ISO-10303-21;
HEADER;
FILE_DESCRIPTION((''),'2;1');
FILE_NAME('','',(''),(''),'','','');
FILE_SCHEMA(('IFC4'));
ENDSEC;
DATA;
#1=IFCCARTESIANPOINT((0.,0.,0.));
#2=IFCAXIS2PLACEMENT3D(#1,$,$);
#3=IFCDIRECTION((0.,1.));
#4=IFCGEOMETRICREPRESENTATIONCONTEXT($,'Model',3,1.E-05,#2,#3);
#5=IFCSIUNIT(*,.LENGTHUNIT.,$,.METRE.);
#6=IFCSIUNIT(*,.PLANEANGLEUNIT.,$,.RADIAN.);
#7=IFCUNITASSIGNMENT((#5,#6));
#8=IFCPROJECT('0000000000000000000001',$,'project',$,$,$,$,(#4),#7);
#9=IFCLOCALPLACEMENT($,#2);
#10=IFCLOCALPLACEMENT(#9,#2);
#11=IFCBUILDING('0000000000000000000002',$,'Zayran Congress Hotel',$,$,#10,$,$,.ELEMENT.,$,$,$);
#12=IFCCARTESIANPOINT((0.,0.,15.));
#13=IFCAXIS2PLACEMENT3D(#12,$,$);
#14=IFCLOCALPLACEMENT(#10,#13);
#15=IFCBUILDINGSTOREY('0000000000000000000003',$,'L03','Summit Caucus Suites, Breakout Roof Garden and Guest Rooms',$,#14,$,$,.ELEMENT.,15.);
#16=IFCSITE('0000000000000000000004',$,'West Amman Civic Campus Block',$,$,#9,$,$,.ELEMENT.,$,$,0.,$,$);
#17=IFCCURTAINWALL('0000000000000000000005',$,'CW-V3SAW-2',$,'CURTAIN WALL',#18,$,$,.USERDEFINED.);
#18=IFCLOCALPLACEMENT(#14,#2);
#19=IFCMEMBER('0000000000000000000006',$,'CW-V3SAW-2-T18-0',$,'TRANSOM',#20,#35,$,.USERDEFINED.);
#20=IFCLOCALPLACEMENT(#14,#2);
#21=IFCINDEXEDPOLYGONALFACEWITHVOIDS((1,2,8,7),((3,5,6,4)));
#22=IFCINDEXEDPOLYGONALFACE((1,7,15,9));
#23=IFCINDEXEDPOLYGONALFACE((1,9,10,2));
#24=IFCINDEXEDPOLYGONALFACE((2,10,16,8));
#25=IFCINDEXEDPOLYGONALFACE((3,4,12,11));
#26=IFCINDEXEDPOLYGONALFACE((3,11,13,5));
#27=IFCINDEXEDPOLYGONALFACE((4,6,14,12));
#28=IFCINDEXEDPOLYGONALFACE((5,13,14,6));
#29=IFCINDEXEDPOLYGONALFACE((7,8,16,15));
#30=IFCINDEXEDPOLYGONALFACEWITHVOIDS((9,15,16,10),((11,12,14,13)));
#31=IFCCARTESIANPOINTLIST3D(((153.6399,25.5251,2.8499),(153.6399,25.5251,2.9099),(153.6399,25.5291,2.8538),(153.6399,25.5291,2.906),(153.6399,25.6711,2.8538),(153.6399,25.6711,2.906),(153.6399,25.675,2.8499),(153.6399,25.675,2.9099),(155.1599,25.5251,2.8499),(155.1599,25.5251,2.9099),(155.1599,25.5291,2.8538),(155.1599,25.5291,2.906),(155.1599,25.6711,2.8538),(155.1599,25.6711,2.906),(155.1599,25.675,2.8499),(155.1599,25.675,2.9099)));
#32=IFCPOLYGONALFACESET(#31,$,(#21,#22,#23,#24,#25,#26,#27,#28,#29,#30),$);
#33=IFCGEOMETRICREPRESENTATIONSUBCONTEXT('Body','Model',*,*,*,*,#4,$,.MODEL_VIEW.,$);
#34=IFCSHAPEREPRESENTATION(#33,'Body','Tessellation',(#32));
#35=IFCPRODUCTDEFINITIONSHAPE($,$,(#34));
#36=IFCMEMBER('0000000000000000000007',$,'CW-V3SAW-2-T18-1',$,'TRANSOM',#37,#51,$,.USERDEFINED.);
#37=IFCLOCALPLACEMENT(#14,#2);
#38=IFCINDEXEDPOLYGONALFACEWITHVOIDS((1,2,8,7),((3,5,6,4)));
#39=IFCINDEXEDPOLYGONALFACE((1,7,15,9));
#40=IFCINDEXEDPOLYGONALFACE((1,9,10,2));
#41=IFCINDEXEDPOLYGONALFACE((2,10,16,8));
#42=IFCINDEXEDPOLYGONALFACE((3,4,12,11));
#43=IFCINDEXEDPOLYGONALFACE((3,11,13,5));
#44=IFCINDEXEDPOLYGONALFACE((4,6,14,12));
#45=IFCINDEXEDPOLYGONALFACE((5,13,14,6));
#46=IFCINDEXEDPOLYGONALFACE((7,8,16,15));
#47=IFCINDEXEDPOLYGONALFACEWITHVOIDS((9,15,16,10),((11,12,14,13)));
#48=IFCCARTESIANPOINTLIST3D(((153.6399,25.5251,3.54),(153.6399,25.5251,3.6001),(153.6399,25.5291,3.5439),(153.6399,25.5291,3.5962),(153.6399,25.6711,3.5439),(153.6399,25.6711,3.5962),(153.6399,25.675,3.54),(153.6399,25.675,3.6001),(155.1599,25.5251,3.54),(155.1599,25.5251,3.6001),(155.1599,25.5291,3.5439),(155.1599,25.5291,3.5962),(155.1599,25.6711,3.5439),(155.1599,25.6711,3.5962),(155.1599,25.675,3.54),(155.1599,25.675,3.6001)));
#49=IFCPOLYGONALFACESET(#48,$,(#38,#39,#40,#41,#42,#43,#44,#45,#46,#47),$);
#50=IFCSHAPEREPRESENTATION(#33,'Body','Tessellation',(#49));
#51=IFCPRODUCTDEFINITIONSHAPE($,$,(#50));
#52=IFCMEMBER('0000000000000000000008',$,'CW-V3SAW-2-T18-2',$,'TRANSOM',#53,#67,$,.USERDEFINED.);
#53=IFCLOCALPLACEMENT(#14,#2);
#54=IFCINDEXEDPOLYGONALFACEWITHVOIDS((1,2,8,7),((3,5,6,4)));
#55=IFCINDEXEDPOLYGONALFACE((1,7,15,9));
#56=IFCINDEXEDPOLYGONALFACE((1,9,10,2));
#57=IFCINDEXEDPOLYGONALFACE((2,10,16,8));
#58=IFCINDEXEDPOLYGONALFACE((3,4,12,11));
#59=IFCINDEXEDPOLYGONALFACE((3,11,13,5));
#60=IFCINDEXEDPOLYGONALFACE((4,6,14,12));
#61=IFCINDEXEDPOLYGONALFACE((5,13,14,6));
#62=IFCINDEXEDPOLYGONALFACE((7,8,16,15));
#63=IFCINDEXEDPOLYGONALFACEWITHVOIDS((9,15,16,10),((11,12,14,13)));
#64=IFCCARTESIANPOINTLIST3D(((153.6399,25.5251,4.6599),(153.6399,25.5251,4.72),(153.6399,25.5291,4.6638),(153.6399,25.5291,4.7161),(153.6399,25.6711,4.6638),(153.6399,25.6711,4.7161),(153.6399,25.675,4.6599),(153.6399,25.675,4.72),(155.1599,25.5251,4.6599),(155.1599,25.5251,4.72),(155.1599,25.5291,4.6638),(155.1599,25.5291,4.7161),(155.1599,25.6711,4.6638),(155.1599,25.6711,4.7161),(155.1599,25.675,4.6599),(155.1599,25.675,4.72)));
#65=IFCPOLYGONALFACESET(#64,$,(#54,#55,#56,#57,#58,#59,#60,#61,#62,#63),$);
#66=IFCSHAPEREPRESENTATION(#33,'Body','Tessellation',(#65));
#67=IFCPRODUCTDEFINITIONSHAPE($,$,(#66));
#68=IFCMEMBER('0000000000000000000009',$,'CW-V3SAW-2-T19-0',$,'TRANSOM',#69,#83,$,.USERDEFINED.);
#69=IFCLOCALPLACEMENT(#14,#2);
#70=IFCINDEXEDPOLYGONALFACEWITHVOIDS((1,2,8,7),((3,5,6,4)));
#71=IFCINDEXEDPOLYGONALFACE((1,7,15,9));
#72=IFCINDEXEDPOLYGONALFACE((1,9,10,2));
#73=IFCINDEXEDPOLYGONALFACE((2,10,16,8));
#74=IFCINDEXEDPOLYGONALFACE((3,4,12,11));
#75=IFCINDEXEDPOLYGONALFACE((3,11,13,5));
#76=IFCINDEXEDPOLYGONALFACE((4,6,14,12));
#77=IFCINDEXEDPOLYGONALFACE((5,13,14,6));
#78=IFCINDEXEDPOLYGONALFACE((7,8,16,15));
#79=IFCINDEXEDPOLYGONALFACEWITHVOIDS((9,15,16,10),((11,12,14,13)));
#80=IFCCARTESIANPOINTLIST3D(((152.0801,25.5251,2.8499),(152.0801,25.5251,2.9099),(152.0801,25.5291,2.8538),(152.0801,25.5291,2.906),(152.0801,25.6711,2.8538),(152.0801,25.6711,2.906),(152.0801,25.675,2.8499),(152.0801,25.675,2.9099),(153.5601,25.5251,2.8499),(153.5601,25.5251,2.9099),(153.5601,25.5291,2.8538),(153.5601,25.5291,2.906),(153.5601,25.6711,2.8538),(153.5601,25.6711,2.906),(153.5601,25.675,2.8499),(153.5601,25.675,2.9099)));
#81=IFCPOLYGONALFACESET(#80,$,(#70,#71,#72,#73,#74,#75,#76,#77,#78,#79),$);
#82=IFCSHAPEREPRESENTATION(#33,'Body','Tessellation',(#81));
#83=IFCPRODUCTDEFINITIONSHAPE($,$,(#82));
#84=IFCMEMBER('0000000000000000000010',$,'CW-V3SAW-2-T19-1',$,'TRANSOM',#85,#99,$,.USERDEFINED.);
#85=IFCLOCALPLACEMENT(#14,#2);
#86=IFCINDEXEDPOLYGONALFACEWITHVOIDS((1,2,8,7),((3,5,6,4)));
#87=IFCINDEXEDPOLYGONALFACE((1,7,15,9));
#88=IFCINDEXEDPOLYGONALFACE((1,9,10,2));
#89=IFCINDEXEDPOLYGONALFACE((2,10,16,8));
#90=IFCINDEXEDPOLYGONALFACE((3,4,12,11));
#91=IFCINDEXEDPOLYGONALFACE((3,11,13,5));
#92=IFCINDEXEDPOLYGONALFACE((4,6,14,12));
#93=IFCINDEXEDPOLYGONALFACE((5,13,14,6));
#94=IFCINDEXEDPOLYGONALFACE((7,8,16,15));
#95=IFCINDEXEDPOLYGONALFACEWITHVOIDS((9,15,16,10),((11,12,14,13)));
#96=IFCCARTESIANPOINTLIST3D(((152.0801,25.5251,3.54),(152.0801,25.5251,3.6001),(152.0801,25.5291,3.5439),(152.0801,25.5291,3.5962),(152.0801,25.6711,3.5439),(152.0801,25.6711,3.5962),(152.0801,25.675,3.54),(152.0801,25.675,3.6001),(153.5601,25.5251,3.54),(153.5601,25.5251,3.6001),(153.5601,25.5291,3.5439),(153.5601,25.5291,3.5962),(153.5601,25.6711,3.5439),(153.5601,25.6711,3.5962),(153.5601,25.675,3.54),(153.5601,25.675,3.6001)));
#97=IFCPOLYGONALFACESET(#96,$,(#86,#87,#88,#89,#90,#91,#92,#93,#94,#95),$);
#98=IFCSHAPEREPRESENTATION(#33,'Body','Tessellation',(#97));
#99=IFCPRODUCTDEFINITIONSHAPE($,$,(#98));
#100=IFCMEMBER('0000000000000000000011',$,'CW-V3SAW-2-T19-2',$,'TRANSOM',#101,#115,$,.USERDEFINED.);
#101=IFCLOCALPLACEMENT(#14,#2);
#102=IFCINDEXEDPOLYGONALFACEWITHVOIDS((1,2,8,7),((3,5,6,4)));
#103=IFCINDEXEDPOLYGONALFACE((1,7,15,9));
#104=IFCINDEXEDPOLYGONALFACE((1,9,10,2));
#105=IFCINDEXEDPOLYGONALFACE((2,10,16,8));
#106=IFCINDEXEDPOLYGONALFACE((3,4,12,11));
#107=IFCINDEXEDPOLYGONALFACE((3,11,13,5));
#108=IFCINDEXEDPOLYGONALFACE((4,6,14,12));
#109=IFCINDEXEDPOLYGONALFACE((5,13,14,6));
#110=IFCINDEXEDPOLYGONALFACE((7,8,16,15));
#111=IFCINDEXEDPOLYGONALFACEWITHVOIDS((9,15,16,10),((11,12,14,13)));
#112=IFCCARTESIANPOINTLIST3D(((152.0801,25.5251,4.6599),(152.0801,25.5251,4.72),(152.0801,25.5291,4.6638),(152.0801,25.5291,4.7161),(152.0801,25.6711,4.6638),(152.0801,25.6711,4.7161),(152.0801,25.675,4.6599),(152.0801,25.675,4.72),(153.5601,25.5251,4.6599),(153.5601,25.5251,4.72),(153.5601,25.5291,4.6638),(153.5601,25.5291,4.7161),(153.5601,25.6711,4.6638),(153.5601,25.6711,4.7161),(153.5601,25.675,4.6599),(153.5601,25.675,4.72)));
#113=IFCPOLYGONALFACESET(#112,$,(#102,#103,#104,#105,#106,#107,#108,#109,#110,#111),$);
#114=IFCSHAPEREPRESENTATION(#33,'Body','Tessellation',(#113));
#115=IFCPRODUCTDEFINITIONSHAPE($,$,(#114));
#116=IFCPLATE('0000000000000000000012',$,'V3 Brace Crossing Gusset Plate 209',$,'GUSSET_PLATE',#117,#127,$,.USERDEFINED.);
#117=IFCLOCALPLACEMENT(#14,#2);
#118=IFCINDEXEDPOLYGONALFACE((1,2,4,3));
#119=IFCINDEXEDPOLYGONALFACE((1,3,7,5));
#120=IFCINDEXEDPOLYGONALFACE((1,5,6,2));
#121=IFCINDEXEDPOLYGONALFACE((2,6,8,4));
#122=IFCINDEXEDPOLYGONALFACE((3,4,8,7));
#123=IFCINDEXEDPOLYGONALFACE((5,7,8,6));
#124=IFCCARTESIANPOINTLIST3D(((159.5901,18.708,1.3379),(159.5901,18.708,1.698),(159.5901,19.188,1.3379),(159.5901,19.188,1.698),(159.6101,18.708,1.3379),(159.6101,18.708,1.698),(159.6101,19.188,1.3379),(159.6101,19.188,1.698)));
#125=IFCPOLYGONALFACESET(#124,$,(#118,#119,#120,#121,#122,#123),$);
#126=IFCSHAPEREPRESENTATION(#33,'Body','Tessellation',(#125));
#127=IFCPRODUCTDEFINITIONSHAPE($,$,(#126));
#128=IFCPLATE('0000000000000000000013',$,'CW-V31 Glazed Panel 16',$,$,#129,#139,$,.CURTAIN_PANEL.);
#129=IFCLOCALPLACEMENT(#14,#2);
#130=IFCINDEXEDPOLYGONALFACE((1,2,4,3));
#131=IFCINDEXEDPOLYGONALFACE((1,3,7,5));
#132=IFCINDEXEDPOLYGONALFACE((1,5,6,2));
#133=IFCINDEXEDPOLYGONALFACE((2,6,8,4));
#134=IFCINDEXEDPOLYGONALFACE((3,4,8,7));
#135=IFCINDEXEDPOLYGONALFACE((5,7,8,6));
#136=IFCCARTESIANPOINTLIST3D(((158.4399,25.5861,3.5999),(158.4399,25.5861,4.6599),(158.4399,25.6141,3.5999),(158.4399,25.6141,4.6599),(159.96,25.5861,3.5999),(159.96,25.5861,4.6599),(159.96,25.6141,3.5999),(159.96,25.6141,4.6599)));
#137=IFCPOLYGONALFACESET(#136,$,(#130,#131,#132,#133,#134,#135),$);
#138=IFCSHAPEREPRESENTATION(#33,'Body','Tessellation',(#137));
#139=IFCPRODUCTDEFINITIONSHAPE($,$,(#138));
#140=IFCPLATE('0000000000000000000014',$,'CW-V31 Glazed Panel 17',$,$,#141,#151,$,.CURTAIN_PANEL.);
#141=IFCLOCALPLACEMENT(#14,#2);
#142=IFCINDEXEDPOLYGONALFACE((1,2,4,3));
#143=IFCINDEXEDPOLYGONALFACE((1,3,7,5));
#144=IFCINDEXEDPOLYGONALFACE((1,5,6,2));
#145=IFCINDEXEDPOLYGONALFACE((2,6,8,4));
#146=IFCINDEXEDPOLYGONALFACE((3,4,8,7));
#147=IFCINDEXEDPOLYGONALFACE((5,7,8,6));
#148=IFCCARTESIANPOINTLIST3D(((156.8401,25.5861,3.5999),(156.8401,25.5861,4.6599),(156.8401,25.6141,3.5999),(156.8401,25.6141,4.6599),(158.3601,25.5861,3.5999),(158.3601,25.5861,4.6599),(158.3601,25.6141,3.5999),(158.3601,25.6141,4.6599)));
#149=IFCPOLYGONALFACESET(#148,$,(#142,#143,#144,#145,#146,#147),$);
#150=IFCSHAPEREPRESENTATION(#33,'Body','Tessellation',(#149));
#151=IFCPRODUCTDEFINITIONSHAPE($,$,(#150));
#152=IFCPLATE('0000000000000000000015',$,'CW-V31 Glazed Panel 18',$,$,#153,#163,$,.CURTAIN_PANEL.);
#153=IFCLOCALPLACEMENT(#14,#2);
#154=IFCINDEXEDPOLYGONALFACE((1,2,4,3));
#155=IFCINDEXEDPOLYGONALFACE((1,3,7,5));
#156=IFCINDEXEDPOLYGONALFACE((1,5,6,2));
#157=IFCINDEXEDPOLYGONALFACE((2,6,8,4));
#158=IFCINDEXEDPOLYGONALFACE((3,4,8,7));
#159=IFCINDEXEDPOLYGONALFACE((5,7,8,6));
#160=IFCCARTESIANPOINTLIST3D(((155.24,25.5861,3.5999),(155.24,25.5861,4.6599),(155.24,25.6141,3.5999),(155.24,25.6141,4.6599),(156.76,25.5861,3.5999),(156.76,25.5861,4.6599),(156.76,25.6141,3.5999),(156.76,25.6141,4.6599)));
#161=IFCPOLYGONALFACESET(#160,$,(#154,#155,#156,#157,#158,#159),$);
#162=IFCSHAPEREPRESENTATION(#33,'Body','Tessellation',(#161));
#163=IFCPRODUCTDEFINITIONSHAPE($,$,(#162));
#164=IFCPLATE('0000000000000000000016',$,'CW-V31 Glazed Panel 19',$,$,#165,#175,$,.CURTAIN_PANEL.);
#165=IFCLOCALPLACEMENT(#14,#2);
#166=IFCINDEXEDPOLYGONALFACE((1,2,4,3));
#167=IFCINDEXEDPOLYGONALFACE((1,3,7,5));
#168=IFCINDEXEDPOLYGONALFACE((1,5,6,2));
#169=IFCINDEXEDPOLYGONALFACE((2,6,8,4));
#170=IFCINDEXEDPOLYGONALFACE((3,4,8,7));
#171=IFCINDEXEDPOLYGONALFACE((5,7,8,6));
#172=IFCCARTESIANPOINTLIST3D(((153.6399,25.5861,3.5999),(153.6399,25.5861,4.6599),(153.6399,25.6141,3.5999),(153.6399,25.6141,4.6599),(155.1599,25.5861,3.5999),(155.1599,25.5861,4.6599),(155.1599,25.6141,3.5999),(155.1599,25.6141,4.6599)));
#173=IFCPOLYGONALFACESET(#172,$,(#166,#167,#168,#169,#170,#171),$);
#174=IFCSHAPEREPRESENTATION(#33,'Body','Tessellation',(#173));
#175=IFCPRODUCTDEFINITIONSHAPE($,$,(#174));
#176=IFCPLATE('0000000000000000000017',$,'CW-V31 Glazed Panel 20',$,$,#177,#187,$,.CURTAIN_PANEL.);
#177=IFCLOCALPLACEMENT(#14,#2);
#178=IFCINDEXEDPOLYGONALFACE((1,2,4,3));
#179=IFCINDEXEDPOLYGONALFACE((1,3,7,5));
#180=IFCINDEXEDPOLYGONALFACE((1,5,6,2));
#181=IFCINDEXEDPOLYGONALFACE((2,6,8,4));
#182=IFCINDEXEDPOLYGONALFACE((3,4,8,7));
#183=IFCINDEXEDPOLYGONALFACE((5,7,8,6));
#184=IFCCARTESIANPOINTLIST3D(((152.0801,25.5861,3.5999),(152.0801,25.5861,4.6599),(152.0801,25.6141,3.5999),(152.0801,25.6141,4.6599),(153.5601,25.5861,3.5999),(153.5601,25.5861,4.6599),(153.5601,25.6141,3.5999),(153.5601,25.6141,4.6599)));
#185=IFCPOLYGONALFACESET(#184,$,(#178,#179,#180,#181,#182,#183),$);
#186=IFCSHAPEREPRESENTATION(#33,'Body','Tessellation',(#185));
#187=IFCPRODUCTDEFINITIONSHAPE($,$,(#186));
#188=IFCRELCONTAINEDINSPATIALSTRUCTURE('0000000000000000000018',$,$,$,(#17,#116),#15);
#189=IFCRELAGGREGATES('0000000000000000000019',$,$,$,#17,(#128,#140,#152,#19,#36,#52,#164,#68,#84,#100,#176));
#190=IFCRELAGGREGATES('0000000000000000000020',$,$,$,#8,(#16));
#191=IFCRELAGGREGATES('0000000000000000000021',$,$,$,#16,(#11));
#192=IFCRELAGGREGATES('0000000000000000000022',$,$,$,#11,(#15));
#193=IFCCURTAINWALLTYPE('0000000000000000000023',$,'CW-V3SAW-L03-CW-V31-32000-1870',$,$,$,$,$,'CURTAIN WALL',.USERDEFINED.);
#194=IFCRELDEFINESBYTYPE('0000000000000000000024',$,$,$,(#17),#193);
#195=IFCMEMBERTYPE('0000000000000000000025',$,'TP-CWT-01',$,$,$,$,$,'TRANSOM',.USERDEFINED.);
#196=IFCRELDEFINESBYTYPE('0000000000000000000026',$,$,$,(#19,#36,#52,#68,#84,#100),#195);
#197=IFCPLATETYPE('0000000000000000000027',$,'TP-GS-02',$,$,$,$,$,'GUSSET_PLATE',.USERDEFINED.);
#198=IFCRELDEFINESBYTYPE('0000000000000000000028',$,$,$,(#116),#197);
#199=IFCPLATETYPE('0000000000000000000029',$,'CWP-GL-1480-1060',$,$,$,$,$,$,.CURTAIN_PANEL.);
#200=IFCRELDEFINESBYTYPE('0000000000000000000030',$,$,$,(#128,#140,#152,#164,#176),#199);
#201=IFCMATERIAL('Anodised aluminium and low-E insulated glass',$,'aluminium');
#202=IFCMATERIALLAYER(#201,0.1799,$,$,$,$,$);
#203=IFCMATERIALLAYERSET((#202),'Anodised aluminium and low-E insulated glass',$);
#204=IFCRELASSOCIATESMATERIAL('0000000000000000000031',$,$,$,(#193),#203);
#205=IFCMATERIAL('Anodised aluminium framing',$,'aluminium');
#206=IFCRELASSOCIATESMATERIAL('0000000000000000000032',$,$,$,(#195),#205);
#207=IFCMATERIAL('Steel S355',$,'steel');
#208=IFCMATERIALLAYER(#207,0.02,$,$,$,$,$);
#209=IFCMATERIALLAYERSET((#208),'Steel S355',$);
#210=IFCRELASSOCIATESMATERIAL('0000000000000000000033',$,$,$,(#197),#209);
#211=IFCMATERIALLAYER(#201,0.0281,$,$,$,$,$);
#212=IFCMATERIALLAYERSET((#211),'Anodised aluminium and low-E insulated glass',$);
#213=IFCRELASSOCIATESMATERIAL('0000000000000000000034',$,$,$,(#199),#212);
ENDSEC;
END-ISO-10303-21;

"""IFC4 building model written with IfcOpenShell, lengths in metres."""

from ifc_helpers import new_model, si_unit, direction, frame, origin, origin_2d, place, context, subcontext, project, spatial, rectangle, hollow_rectangle, extrude, material, layer, layer_set, material_profile, profile_set, type_object, element, aggregate, save


model = new_model("IFC4")

# Units and contexts
model_context = context("Model", 3, precision=1e-05, world=origin(), true_north=direction((0.0, 1.0)))
body_context = subcontext(model_context, "Body", "Model", "MODEL_VIEW")
ifc_project = project(units=[si_unit("LENGTHUNIT", "METRE"), si_unit("PLANEANGLEUNIT", "RADIAN")], contexts=[model_context])

# Site, building, storey
site_placement = place(None, origin())
site = spatial("IfcSite", under=ifc_project, at=site_placement, Name="West Amman Civic Campus Block", CompositionType="ELEMENT", RefElevation=0.0)
building_placement = place(site_placement, origin())
building = spatial("IfcBuilding", under=site, at=building_placement, Name="Zayran Congress Hotel", CompositionType="ELEMENT")
storey_placement = place(building_placement, frame((0.0, 0.0, 15.0)))
storey = spatial("IfcBuildingStorey", under=building, at=storey_placement, Name="L03", Description="Summit Caucus Suites, Breakout Roof Garden and Guest Rooms", CompositionType="ELEMENT", Elevation=15.0)

# Curtain wall, members
ifc_material_1 = material(Name="Anodised aluminium and low-E insulated glass", Category="aluminium")
ifc_layer_1 = layer(ifc_material_1, 0.1799)
ifc_layer_set_1 = layer_set([ifc_layer_1], Name="Anodised aluminium and low-E insulated glass")
curtain_wall_type = type_object("IfcCurtainWallType", Name="CW-V3SAW-L03-CW-V31-32000-1870", ElementType="CURTAIN WALL", PredefinedType="USERDEFINED", material=ifc_layer_set_1)
curtain_wall_placement = place(storey_placement, origin())
curtain_wall = element("IfcCurtainWall", 1, at=curtain_wall_placement, inside=storey, type_object=curtain_wall_type, Name="CW-V3SAW-2", ObjectType="CURTAIN WALL", PredefinedType="USERDEFINED")
ifc_material_2 = material(Name="Anodised aluminium framing", Category="aluminium")
ifc_material_profile_1 = material_profile(ifc_material_2, hollow_rectangle(XDim=0.0601, YDim=0.1499, WallThickness=0.0039, at=origin_2d()), Name="RHS 150x60x4")
ifc_profile_set_1 = profile_set([ifc_material_profile_1], Name="Anodised aluminium framing")
member_type_1 = type_object("IfcMemberType", Name="TP-CWT-01", ElementType="TRANSOM", PredefinedType="USERDEFINED", material=ifc_profile_set_1)
member_1_placement = place(storey_placement, frame((155.1599, 25.6001, 2.8799), z_axis=(-1.0, 0.0, 0.0), x_axis=(0.0, 0.0, 1.0)))
member_1 = element("IfcMember", 2, at=member_1_placement, type_object=member_type_1, Name="CW-V3SAW-2-T18-0", ObjectType="TRANSOM", PredefinedType="USERDEFINED", context=body_context, shape_type="SweptSolid", body=[
    extrude(hollow_rectangle(XDim=0.0601, YDim=0.1499, WallThickness=0.0039, at=origin_2d()), origin(), (0.0, 0.0, 1.0), 1.52),
])
member_2_placement = place(storey_placement, frame((155.1599, 25.6001, 3.5701), z_axis=(-1.0, 0.0, 0.0), x_axis=(0.0, 0.0, 1.0)))
member_2 = element("IfcMember", 3, at=member_2_placement, type_object=member_type_1, Name="CW-V3SAW-2-T18-1", ObjectType="TRANSOM", PredefinedType="USERDEFINED", context=body_context, shape_type="SweptSolid", body=[
    extrude(hollow_rectangle(XDim=0.0601, YDim=0.1499, WallThickness=0.0039, at=origin_2d()), origin(), (0.0, 0.0, 1.0), 1.52),
])
member_3_placement = place(storey_placement, frame((155.1599, 25.6001, 4.6899), z_axis=(-1.0, 0.0, 0.0), x_axis=(0.0, 0.0, 1.0)))
member_3 = element("IfcMember", 4, at=member_3_placement, type_object=member_type_1, Name="CW-V3SAW-2-T18-2", ObjectType="TRANSOM", PredefinedType="USERDEFINED", context=body_context, shape_type="SweptSolid", body=[
    extrude(hollow_rectangle(XDim=0.0601, YDim=0.1499, WallThickness=0.0039, at=origin_2d()), origin(), (0.0, 0.0, 1.0), 1.52),
])
member_4_placement = place(storey_placement, frame((153.5601, 25.6001, 2.8799), z_axis=(-1.0, 0.0, 0.0), x_axis=(0.0, 0.0, 1.0)))
member_4 = element("IfcMember", 5, at=member_4_placement, type_object=member_type_1, Name="CW-V3SAW-2-T19-0", ObjectType="TRANSOM", PredefinedType="USERDEFINED", context=body_context, shape_type="SweptSolid", body=[
    extrude(hollow_rectangle(XDim=0.0601, YDim=0.1499, WallThickness=0.0039, at=origin_2d()), origin(), (0.0, 0.0, 1.0), 1.48),
])
member_5_placement = place(storey_placement, frame((153.5601, 25.6001, 3.5701), z_axis=(-1.0, 0.0, 0.0), x_axis=(0.0, 0.0, 1.0)))
member_5 = element("IfcMember", 6, at=member_5_placement, type_object=member_type_1, Name="CW-V3SAW-2-T19-1", ObjectType="TRANSOM", PredefinedType="USERDEFINED", context=body_context, shape_type="SweptSolid", body=[
    extrude(hollow_rectangle(XDim=0.0601, YDim=0.1499, WallThickness=0.0039, at=origin_2d()), origin(), (0.0, 0.0, 1.0), 1.48),
])
member_6_placement = place(storey_placement, frame((153.5601, 25.6001, 4.6899), z_axis=(-1.0, 0.0, 0.0), x_axis=(0.0, 0.0, 1.0)))
member_6 = element("IfcMember", 7, at=member_6_placement, type_object=member_type_1, Name="CW-V3SAW-2-T19-2", ObjectType="TRANSOM", PredefinedType="USERDEFINED", context=body_context, shape_type="SweptSolid", body=[
    extrude(hollow_rectangle(XDim=0.0601, YDim=0.1499, WallThickness=0.0039, at=origin_2d()), origin(), (0.0, 0.0, 1.0), 1.48),
])

# Plates
ifc_material_3 = material(Name="Steel S355", Category="steel")
ifc_layer_2 = layer(ifc_material_3, 0.02)
ifc_layer_set_2 = layer_set([ifc_layer_2], Name="Steel S355")
plate_type_1 = type_object("IfcPlateType", Name="TP-GS-02", ElementType="GUSSET_PLATE", PredefinedType="USERDEFINED", material=ifc_layer_set_2)
plate_1_placement = place(storey_placement, frame((159.6001, 18.948, 1.3379), z_axis=(0.0, 0.0, 1.0), x_axis=(0.0, 1.0, 0.0)))
element("IfcPlate", 8, at=plate_1_placement, inside=storey, type_object=plate_type_1, Name="V3 Brace Crossing Gusset Plate 209", ObjectType="GUSSET_PLATE", PredefinedType="USERDEFINED", context=body_context, shape_type="SweptSolid", body=[
    extrude(rectangle(XDim=0.48, YDim=0.02, at=origin_2d()), origin(), (0.0, 0.0, 1.0), 0.3601),
])
ifc_layer_3 = layer(ifc_material_1, 0.0281)
ifc_layer_set_3 = layer_set([ifc_layer_3], Name="Anodised aluminium and low-E insulated glass")
plate_type_2 = type_object("IfcPlateType", Name="CWP-GL-1480-1060", PredefinedType="CURTAIN_PANEL", material=ifc_layer_set_3)
plate_2_placement = place(storey_placement, frame((159.2, 25.6001, 3.5999), z_axis=(0.0, 0.0, 1.0), x_axis=(1.0, 0.0, 0.0)))
plate_2 = element("IfcPlate", 9, at=plate_2_placement, type_object=plate_type_2, Name="CW-V31 Glazed Panel 16", PredefinedType="CURTAIN_PANEL", context=body_context, shape_type="SweptSolid", body=[
    extrude(rectangle(XDim=1.52, YDim=0.0281, at=origin_2d()), origin(), (0.0, 0.0, 1.0), 1.0601),
])
plate_3_placement = place(storey_placement, frame((157.6001, 25.6001, 3.5999), z_axis=(0.0, 0.0, 1.0), x_axis=(1.0, 0.0, 0.0)))
plate_3 = element("IfcPlate", 10, at=plate_3_placement, type_object=plate_type_2, Name="CW-V31 Glazed Panel 17", PredefinedType="CURTAIN_PANEL", context=body_context, shape_type="SweptSolid", body=[
    extrude(rectangle(XDim=1.52, YDim=0.0281, at=origin_2d()), origin(), (0.0, 0.0, 1.0), 1.0601),
])
plate_4_placement = place(storey_placement, frame((156.0, 25.6001, 3.5999), z_axis=(0.0, 0.0, 1.0), x_axis=(1.0, 0.0, 0.0)))
plate_4 = element("IfcPlate", 11, at=plate_4_placement, type_object=plate_type_2, Name="CW-V31 Glazed Panel 18", PredefinedType="CURTAIN_PANEL", context=body_context, shape_type="SweptSolid", body=[
    extrude(rectangle(XDim=1.52, YDim=0.0281, at=origin_2d()), origin(), (0.0, 0.0, 1.0), 1.0601),
])
plate_5_placement = place(storey_placement, frame((154.3999, 25.6001, 3.5999), z_axis=(0.0, 0.0, 1.0), x_axis=(1.0, 0.0, 0.0)))
plate_5 = element("IfcPlate", 12, at=plate_5_placement, type_object=plate_type_2, Name="CW-V31 Glazed Panel 19", PredefinedType="CURTAIN_PANEL", context=body_context, shape_type="SweptSolid", body=[
    extrude(rectangle(XDim=1.52, YDim=0.0281, at=origin_2d()), origin(), (0.0, 0.0, 1.0), 1.0601),
])
plate_6_placement = place(storey_placement, frame((152.8201, 25.6001, 3.5999), z_axis=(0.0, 0.0, 1.0), x_axis=(1.0, 0.0, 0.0)))
plate_6 = element("IfcPlate", 13, at=plate_6_placement, type_object=plate_type_2, Name="CW-V31 Glazed Panel 20", PredefinedType="CURTAIN_PANEL", context=body_context, shape_type="SweptSolid", body=[
    extrude(rectangle(XDim=1.48, YDim=0.0281, at=origin_2d()), origin(), (0.0, 0.0, 1.0), 1.0601),
])
aggregate(curtain_wall, [plate_2, plate_3, plate_4, member_1, member_2, member_3, plate_5, member_4, member_5, member_6, plate_6])

save(model, "model.ifc")
